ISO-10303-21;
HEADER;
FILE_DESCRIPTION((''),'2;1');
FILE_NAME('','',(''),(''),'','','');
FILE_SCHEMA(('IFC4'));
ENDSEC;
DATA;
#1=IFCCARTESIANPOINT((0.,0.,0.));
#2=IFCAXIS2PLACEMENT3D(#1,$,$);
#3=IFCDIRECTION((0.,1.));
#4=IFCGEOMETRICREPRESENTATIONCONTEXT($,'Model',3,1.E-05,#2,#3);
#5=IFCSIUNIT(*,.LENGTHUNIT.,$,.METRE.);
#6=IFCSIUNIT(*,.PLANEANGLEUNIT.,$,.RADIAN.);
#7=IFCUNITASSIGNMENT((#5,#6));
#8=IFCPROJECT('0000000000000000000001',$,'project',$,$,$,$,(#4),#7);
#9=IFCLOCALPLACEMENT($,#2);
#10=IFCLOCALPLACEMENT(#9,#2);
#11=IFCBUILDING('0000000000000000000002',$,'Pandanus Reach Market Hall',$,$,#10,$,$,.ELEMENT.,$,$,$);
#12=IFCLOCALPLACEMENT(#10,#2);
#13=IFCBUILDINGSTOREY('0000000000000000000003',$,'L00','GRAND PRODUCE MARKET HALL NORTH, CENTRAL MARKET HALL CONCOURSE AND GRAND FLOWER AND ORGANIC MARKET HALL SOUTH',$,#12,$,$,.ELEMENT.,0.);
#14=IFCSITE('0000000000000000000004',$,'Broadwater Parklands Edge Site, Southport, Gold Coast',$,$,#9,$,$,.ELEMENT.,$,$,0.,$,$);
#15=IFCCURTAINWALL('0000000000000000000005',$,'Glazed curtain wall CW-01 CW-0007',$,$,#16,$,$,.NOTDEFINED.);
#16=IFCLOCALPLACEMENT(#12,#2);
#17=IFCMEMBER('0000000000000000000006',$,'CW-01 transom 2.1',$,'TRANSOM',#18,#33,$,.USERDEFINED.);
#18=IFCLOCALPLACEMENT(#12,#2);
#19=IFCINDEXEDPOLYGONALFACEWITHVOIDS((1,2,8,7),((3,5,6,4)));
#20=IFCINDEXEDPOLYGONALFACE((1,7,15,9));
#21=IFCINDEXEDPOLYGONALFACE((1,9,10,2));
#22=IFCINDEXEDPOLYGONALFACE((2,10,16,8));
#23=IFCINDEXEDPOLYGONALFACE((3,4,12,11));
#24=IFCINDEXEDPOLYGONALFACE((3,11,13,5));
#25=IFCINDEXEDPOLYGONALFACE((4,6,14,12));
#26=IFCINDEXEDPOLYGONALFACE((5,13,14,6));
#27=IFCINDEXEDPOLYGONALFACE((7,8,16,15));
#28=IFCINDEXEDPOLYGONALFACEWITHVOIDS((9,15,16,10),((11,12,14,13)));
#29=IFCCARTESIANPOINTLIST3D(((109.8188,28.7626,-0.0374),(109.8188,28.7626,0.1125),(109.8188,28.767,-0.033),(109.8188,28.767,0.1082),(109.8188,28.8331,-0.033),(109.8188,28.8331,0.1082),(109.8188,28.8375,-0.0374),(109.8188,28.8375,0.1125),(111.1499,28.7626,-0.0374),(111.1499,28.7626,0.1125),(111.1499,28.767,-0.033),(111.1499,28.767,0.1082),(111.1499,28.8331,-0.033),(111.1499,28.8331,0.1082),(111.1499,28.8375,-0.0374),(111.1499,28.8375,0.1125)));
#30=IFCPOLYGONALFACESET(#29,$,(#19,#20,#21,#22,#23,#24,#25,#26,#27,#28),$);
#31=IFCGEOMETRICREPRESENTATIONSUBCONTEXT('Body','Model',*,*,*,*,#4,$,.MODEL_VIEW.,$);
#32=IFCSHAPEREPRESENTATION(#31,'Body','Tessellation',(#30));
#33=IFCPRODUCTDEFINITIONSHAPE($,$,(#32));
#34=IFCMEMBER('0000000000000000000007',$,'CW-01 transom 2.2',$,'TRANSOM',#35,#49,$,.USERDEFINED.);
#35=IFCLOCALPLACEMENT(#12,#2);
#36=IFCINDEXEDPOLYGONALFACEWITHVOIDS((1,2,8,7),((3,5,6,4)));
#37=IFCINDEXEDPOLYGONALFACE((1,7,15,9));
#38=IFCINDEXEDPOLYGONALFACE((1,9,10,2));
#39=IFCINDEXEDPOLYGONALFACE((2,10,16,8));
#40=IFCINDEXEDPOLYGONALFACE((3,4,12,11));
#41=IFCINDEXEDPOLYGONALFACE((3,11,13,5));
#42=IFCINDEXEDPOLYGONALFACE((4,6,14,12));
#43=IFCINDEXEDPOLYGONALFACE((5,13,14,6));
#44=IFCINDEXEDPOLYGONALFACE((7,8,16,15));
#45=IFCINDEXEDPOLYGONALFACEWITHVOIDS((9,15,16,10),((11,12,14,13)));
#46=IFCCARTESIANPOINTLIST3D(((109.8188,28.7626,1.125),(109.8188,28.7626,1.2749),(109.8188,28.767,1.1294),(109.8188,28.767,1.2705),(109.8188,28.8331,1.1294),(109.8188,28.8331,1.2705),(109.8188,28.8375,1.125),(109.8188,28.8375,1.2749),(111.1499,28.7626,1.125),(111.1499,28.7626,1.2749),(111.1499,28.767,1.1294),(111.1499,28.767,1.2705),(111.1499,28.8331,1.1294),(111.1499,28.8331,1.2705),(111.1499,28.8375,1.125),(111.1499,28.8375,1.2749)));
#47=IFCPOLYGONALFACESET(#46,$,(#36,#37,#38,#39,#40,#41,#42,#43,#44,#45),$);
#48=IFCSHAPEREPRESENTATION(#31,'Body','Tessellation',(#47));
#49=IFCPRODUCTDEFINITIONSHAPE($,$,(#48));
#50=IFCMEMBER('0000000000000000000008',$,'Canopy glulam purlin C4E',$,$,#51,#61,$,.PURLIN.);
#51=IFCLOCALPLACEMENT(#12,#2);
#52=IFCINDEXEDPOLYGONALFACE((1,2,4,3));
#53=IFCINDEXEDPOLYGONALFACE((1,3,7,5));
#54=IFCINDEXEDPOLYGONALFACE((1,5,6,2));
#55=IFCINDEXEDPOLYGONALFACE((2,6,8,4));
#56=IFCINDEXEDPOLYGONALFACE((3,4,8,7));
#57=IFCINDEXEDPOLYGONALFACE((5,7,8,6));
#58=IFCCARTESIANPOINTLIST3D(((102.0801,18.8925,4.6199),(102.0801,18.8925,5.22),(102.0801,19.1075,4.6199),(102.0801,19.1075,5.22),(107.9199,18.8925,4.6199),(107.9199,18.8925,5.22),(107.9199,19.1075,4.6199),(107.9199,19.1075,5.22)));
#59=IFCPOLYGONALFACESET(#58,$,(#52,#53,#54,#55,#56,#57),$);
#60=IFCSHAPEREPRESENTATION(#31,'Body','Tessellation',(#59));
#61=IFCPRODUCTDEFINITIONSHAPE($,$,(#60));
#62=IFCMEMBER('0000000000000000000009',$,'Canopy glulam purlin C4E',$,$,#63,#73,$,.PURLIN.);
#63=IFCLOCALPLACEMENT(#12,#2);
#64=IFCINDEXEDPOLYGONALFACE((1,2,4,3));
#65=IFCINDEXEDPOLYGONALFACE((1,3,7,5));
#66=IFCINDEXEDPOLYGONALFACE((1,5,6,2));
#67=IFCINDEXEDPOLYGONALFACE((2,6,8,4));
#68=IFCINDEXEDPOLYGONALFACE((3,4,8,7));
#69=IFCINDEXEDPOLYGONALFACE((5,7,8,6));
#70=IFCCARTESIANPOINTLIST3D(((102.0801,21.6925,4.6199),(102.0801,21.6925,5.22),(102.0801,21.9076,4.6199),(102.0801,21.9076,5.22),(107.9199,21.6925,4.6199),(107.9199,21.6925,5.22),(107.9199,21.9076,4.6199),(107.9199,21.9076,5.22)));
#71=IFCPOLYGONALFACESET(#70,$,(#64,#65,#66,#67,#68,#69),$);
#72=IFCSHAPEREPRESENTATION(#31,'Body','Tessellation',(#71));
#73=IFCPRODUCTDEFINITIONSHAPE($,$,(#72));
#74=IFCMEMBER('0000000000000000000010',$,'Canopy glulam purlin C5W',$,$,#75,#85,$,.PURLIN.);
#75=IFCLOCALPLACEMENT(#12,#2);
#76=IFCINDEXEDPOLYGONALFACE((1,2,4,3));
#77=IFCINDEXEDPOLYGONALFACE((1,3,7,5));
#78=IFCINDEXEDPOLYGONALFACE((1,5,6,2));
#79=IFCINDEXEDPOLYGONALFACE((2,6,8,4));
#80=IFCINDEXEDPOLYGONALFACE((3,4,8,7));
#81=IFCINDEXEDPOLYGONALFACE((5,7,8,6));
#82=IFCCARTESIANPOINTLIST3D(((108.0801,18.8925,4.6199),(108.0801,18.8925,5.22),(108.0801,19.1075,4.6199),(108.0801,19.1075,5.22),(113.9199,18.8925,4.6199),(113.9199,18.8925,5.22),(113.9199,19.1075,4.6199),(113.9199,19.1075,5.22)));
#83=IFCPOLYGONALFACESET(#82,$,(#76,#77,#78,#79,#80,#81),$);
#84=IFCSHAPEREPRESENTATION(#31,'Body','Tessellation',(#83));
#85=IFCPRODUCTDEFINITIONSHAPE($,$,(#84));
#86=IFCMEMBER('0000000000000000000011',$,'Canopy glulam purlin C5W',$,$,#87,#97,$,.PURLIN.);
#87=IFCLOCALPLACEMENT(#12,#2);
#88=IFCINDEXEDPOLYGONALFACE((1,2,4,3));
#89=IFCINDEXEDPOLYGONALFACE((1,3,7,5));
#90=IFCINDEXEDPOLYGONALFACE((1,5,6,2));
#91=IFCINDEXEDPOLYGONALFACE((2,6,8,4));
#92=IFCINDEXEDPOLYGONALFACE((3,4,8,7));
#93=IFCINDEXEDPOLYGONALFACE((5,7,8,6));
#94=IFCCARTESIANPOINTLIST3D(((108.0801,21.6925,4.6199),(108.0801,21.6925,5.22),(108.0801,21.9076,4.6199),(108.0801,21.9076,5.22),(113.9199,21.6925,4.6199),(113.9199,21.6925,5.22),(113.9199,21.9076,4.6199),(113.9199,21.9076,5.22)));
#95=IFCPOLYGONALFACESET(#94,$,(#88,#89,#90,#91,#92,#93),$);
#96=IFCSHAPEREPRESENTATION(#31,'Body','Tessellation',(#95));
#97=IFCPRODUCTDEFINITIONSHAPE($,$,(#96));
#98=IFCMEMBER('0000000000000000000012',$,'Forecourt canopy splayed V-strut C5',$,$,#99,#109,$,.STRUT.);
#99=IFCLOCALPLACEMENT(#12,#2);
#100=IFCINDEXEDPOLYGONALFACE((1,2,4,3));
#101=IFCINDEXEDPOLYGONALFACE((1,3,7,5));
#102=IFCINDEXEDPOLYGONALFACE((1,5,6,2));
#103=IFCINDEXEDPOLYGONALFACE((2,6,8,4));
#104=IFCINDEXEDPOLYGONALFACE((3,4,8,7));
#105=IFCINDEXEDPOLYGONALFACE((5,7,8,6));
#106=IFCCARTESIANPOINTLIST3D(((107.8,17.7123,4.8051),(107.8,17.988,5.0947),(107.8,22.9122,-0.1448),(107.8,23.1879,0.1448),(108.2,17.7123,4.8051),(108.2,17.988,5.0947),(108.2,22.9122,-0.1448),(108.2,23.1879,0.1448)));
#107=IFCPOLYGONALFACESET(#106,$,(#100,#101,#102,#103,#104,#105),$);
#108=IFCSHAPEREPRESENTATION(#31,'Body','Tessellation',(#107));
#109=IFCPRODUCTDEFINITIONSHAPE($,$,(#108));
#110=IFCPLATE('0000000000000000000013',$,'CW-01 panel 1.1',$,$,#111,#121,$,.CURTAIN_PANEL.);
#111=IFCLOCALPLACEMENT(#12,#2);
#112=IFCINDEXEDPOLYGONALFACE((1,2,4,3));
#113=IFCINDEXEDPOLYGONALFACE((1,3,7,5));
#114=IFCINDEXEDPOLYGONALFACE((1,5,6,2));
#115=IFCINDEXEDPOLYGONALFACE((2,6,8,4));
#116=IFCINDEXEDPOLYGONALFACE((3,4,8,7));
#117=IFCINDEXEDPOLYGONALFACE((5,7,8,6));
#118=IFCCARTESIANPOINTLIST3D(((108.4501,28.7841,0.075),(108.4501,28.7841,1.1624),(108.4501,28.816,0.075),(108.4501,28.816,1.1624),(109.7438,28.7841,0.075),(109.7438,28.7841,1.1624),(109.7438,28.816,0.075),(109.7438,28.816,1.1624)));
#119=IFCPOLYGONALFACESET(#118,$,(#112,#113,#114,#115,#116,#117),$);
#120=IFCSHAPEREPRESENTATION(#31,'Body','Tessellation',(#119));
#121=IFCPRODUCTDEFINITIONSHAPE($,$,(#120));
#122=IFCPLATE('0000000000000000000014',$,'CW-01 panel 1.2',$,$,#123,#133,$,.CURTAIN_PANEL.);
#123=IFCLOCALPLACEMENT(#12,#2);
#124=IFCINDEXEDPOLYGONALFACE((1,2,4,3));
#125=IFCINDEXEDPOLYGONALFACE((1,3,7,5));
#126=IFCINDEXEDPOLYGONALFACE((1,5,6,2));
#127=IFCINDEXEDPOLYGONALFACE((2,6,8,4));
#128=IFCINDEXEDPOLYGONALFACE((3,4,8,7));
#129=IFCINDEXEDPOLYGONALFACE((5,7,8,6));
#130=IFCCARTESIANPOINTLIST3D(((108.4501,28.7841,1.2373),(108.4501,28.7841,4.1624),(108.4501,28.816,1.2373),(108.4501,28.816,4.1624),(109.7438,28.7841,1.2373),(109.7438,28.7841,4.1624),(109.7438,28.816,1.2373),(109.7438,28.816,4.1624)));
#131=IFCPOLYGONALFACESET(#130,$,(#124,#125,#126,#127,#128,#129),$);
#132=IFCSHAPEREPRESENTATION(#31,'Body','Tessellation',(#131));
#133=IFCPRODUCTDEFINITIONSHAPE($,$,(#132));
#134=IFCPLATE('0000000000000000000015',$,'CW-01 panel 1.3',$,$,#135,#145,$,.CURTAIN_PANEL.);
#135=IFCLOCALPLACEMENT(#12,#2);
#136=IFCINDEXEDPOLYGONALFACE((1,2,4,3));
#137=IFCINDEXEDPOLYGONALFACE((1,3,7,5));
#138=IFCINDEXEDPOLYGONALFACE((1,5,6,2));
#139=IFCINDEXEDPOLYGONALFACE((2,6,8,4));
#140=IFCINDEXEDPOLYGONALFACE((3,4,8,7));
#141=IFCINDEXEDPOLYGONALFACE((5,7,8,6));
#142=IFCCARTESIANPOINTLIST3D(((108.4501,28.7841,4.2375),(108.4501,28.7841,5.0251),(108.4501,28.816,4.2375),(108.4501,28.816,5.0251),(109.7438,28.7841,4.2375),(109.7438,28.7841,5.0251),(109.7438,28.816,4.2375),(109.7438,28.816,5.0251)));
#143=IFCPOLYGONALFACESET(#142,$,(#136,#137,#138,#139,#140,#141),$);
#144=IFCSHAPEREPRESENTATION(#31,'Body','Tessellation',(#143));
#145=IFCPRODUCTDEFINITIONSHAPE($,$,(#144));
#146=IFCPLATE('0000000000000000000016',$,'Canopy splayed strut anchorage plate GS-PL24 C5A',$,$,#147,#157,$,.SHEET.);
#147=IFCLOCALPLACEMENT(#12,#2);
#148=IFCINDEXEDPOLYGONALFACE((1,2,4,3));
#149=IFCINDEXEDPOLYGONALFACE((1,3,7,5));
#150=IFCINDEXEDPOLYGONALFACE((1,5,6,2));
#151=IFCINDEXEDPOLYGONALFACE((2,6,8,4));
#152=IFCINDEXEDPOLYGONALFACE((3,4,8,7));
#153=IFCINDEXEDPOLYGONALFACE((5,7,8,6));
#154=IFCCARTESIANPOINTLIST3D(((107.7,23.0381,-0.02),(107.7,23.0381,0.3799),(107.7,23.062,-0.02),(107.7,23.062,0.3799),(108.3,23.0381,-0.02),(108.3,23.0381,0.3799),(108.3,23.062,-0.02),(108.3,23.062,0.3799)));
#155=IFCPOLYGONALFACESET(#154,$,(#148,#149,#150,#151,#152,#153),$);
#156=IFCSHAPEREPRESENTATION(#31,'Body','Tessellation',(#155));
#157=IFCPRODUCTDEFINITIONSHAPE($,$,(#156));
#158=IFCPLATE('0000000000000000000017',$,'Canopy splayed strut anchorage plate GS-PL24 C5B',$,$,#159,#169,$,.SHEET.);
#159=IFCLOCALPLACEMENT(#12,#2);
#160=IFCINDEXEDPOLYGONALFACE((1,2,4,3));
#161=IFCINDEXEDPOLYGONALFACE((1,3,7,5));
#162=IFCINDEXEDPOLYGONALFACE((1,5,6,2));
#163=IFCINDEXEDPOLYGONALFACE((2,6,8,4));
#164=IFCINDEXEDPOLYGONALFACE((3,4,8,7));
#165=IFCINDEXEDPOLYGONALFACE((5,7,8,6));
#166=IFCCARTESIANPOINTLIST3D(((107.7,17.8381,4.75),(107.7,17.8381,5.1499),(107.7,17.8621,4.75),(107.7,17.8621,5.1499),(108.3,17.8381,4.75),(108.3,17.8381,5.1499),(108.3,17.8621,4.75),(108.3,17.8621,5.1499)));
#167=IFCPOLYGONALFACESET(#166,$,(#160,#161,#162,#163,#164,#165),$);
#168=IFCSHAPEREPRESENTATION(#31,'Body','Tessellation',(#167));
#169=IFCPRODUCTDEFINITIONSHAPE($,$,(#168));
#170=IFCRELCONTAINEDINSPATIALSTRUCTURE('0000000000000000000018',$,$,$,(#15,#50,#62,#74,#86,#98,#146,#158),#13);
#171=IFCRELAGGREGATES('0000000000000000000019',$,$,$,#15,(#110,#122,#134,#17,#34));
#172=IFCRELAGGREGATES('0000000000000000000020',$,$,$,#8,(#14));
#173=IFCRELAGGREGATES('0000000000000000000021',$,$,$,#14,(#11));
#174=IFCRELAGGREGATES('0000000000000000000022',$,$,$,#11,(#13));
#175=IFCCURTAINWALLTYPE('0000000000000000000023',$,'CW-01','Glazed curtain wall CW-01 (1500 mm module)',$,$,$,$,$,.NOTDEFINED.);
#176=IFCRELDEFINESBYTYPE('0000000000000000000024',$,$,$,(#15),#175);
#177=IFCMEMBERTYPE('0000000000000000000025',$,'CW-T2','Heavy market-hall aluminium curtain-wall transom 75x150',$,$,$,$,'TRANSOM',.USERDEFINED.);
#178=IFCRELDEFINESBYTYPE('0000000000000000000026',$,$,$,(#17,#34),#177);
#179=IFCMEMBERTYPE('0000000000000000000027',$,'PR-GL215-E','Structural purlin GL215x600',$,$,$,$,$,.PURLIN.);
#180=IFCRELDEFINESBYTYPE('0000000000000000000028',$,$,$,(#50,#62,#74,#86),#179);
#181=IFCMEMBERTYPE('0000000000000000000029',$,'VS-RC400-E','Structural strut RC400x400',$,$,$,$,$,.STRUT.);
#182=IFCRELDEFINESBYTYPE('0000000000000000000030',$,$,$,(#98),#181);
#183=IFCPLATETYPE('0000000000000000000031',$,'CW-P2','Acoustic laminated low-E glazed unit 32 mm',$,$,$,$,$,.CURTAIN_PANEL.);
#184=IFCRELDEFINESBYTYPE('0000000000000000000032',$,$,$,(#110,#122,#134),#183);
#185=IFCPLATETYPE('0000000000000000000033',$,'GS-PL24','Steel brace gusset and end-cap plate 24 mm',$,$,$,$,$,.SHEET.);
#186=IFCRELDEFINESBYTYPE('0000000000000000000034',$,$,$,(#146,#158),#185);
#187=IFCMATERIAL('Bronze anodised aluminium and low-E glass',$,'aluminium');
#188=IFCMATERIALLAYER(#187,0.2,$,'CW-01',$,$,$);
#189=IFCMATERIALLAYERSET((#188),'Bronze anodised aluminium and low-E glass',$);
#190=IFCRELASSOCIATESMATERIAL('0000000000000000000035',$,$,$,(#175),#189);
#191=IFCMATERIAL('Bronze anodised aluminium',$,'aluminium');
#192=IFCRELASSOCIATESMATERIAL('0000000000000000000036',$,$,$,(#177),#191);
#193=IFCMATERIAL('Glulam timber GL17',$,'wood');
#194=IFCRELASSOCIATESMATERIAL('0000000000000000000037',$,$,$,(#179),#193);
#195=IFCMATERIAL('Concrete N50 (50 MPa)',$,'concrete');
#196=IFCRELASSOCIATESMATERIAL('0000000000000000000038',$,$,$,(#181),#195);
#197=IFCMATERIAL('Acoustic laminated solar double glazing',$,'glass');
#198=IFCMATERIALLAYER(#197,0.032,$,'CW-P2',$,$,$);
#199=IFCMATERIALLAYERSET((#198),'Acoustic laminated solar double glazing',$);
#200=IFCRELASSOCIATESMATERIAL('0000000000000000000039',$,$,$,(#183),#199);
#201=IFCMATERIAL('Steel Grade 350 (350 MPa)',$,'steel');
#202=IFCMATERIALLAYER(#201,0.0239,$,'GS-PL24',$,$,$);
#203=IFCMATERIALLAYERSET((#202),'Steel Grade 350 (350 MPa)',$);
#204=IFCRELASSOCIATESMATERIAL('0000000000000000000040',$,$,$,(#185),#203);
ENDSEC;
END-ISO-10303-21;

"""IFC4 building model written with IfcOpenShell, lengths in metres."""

from ifc_helpers import new_model, si_unit, direction, frame, origin, origin_2d, place, context, subcontext, project, spatial, rectangle, hollow_rectangle, extrude, material, layer, layer_set, material_profile, profile_set, type_object, element, aggregate, save


model = new_model("IFC4")

# Units and contexts
model_context = context("Model", 3, precision=1e-05, world=origin(), true_north=direction((0.0, 1.0)))
body_context = subcontext(model_context, "Body", "Model", "MODEL_VIEW")
ifc_project = project(units=[si_unit("LENGTHUNIT", "METRE"), si_unit("PLANEANGLEUNIT", "RADIAN")], contexts=[model_context])

# Site, building, storey
site_placement = place(None, origin())
site = spatial("IfcSite", under=ifc_project, at=site_placement, Name="Broadwater Parklands Edge Site, Southport, Gold Coast", CompositionType="ELEMENT", RefElevation=0.0)
building_placement = place(site_placement, origin())
building = spatial("IfcBuilding", under=site, at=building_placement, Name="Pandanus Reach Market Hall", CompositionType="ELEMENT")
storey_placement = place(building_placement, origin())
storey = spatial("IfcBuildingStorey", under=building, at=storey_placement, Name="L00", Description="GRAND PRODUCE MARKET HALL NORTH, CENTRAL MARKET HALL CONCOURSE AND GRAND FLOWER AND ORGANIC MARKET HALL SOUTH", CompositionType="ELEMENT", Elevation=0.0)

# Shared definitions
ifc_material_1 = material(Name="Concrete N50 (50 MPa)", Category="concrete")

# Shared definitions
ifc_material_2 = material(Name="Steel Grade 350 (350 MPa)", Category="steel")

# Curtain wall, members
ifc_material_3 = material(Name="Bronze anodised aluminium and low-E glass", Category="aluminium")
ifc_layer_1 = layer(ifc_material_3, 0.2, Name="CW-01")
ifc_layer_set_1 = layer_set([ifc_layer_1], Name="Bronze anodised aluminium and low-E glass")
curtain_wall_type = type_object("IfcCurtainWallType", Name="CW-01", Description="Glazed curtain wall CW-01 (1500 mm module)", PredefinedType="NOTDEFINED", material=ifc_layer_set_1)
curtain_wall_placement = place(storey_placement, origin())
curtain_wall = element("IfcCurtainWall", 1, at=curtain_wall_placement, inside=storey, type_object=curtain_wall_type, Name="Glazed curtain wall CW-01 CW-0007", PredefinedType="NOTDEFINED")
ifc_material_4 = material(Name="Bronze anodised aluminium", Category="aluminium")
ifc_material_profile_1 = material_profile(ifc_material_4, hollow_rectangle(XDim=0.075, YDim=0.1499, WallThickness=0.0044, at=origin_2d()), Name="ALU75x150", Category="LoadBearing")
ifc_profile_set_1 = profile_set([ifc_material_profile_1], Name="Bronze anodised aluminium")
member_type_1 = type_object("IfcMemberType", Name="CW-T2", Description="Heavy market-hall aluminium curtain-wall transom 75x150", ElementType="TRANSOM", PredefinedType="USERDEFINED", material=ifc_profile_set_1)
member_1_placement = place(storey_placement, frame((109.8188, 28.8, 0.0376), z_axis=(1.0, 0.0, 0.0), x_axis=(0.0, 1.0, 0.0)))
member_1 = element("IfcMember", 2, at=member_1_placement, type_object=member_type_1, Name="CW-01 transom 2.1", ObjectType="TRANSOM", PredefinedType="USERDEFINED", context=body_context, shape_type="SweptSolid", body=[
    extrude(hollow_rectangle(XDim=0.075, YDim=0.1499, WallThickness=0.0044, at=origin_2d()), origin(), (0.0, 0.0, 1.0), 1.3311),
])
member_2_placement = place(storey_placement, frame((109.8188, 28.8, 1.2), z_axis=(1.0, 0.0, 0.0), x_axis=(0.0, 1.0, 0.0)))
member_2 = element("IfcMember", 3, at=member_2_placement, type_object=member_type_1, Name="CW-01 transom 2.2", ObjectType="TRANSOM", PredefinedType="USERDEFINED", context=body_context, shape_type="SweptSolid", body=[
    extrude(hollow_rectangle(XDim=0.075, YDim=0.1499, WallThickness=0.0044, at=origin_2d()), origin(), (0.0, 0.0, 1.0), 1.3311),
])

# Members
ifc_material_5 = material(Name="Glulam timber GL17", Category="wood")
ifc_material_profile_2 = material_profile(ifc_material_5, rectangle(XDim=0.2151, YDim=0.6001, at=origin_2d()), Name="GL215x600", Category="LoadBearing")
ifc_profile_set_2 = profile_set([ifc_material_profile_2], Name="Glulam timber GL17")
member_type_2 = type_object("IfcMemberType", Name="PR-GL215-E", Description="Structural purlin GL215x600", PredefinedType="PURLIN", material=ifc_profile_set_2)
for number, where, z_axis, x_axis, name in (
    (4, (102.0801, 19.0, 4.9199), (1.0, 0.0, 0.0), (0.0, 1.0, 0.0), "Canopy glulam purlin C4E"),
    (5, (102.0801, 21.8, 4.9199), (1.0, 0.0, 0.0), (0.0, 1.0, 0.0), "Canopy glulam purlin C4E"),
    (6, (108.0801, 19.0, 4.9199), (1.0, 0.0, 0.0), (0.0, 1.0, 0.0), "Canopy glulam purlin C5W"),
    (7, (108.0801, 21.8, 4.9199), (1.0, 0.0, 0.0), (0.0, 1.0, 0.0), "Canopy glulam purlin C5W"),
):
    element("IfcMember", number, at=place(storey_placement, frame(where, z_axis=z_axis, x_axis=x_axis)), inside=storey, type_object=member_type_2, Name=name, PredefinedType="PURLIN", context=body_context, shape_type="SweptSolid", body=[
        extrude(rectangle(XDim=0.2151, YDim=0.6001, at=origin_2d()), origin(), (0.0, 0.0, 1.0), 5.8398),
    ])
ifc_material_profile_3 = material_profile(ifc_material_1, rectangle(XDim=0.3999, YDim=0.3999, at=origin_2d()), Name="RC400x400", Category="LoadBearing")
ifc_profile_set_3 = profile_set([ifc_material_profile_3], Name="Concrete N50 (50 MPa)")
member_type_3 = type_object("IfcMemberType", Name="VS-RC400-E", Description="Structural strut RC400x400", PredefinedType="STRUT", material=ifc_profile_set_3)
member_3_placement = place(storey_placement, frame((108.0, 23.05, 0.0), z_axis=(0.0, -0.724304, 0.689481), x_axis=(1.0, 0.0, 0.0)))
element("IfcMember", 8, at=member_3_placement, inside=storey, type_object=member_type_3, Name="Forecourt canopy splayed V-strut C5", PredefinedType="STRUT", context=body_context, shape_type="SweptSolid", body=[
    extrude(rectangle(XDim=0.3999, YDim=0.3999, at=origin_2d()), origin(), (0.0, 0.0, 1.0), 7.1792),
])

# Plates
ifc_material_6 = material(Name="Acoustic laminated solar double glazing", Category="glass")
ifc_layer_2 = layer(ifc_material_6, 0.032, Name="CW-P2")
ifc_layer_set_2 = layer_set([ifc_layer_2], Name="Acoustic laminated solar double glazing")
plate_type_1 = type_object("IfcPlateType", Name="CW-P2", Description="Acoustic laminated low-E glazed unit 32 mm", PredefinedType="CURTAIN_PANEL", material=ifc_layer_set_2)
plate_1_placement = place(storey_placement, frame((109.0969, 28.8, 0.075), z_axis=(0.0, 0.0, 1.0), x_axis=(1.0, 0.0, 0.0)))
plate_1 = element("IfcPlate", 9, at=plate_1_placement, type_object=plate_type_1, Name="CW-01 panel 1.1", PredefinedType="CURTAIN_PANEL", context=body_context, shape_type="SweptSolid", body=[
    extrude(rectangle(XDim=1.2937, YDim=0.032, at=origin_2d()), origin(), (0.0, 0.0, 1.0), 1.0874),
])
plate_2_placement = place(storey_placement, frame((109.0969, 28.8, 1.2373), z_axis=(0.0, 0.0, 1.0), x_axis=(1.0, 0.0, 0.0)))
plate_2 = element("IfcPlate", 10, at=plate_2_placement, type_object=plate_type_1, Name="CW-01 panel 1.2", PredefinedType="CURTAIN_PANEL", context=body_context, shape_type="SweptSolid", body=[
    extrude(rectangle(XDim=1.2937, YDim=0.032, at=origin_2d()), origin(), (0.0, 0.0, 1.0), 2.925),
])
plate_3_placement = place(storey_placement, frame((109.0969, 28.8, 4.2375), z_axis=(0.0, 0.0, 1.0), x_axis=(1.0, 0.0, 0.0)))
plate_3 = element("IfcPlate", 11, at=plate_3_placement, type_object=plate_type_1, Name="CW-01 panel 1.3", PredefinedType="CURTAIN_PANEL", context=body_context, shape_type="SweptSolid", body=[
    extrude(rectangle(XDim=1.2937, YDim=0.032, at=origin_2d()), origin(), (0.0, 0.0, 1.0), 0.7876),
])
aggregate(curtain_wall, [plate_1, plate_2, plate_3, member_1, member_2])

# Plates
ifc_layer_3 = layer(ifc_material_2, 0.0239, Name="GS-PL24")
ifc_layer_set_3 = layer_set([ifc_layer_3], Name="Steel Grade 350 (350 MPa)")
plate_type_2 = type_object("IfcPlateType", Name="GS-PL24", Description="Steel brace gusset and end-cap plate 24 mm", PredefinedType="SHEET", material=ifc_layer_set_3)
for number, where, z_axis, x_axis, name in (
    (12, (108.0, 23.05, -0.02), (0.0, 0.0, 1.0), (1.0, 0.0, 0.0), "Canopy splayed strut anchorage plate GS-PL24 C5A"),
    (13, (108.0, 17.8501, 4.75), (0.0, 0.0, 1.0), (1.0, 0.0, 0.0), "Canopy splayed strut anchorage plate GS-PL24 C5B"),
):
    element("IfcPlate", number, at=place(storey_placement, frame(where, z_axis=z_axis, x_axis=x_axis)), inside=storey, type_object=plate_type_2, Name=name, PredefinedType="SHEET", context=body_context, shape_type="SweptSolid", body=[
        extrude(rectangle(XDim=0.6001, YDim=0.0239, at=origin_2d()), origin(), (0.0, 0.0, 1.0), 0.3999),
    ])

save(model, "model.ifc")
